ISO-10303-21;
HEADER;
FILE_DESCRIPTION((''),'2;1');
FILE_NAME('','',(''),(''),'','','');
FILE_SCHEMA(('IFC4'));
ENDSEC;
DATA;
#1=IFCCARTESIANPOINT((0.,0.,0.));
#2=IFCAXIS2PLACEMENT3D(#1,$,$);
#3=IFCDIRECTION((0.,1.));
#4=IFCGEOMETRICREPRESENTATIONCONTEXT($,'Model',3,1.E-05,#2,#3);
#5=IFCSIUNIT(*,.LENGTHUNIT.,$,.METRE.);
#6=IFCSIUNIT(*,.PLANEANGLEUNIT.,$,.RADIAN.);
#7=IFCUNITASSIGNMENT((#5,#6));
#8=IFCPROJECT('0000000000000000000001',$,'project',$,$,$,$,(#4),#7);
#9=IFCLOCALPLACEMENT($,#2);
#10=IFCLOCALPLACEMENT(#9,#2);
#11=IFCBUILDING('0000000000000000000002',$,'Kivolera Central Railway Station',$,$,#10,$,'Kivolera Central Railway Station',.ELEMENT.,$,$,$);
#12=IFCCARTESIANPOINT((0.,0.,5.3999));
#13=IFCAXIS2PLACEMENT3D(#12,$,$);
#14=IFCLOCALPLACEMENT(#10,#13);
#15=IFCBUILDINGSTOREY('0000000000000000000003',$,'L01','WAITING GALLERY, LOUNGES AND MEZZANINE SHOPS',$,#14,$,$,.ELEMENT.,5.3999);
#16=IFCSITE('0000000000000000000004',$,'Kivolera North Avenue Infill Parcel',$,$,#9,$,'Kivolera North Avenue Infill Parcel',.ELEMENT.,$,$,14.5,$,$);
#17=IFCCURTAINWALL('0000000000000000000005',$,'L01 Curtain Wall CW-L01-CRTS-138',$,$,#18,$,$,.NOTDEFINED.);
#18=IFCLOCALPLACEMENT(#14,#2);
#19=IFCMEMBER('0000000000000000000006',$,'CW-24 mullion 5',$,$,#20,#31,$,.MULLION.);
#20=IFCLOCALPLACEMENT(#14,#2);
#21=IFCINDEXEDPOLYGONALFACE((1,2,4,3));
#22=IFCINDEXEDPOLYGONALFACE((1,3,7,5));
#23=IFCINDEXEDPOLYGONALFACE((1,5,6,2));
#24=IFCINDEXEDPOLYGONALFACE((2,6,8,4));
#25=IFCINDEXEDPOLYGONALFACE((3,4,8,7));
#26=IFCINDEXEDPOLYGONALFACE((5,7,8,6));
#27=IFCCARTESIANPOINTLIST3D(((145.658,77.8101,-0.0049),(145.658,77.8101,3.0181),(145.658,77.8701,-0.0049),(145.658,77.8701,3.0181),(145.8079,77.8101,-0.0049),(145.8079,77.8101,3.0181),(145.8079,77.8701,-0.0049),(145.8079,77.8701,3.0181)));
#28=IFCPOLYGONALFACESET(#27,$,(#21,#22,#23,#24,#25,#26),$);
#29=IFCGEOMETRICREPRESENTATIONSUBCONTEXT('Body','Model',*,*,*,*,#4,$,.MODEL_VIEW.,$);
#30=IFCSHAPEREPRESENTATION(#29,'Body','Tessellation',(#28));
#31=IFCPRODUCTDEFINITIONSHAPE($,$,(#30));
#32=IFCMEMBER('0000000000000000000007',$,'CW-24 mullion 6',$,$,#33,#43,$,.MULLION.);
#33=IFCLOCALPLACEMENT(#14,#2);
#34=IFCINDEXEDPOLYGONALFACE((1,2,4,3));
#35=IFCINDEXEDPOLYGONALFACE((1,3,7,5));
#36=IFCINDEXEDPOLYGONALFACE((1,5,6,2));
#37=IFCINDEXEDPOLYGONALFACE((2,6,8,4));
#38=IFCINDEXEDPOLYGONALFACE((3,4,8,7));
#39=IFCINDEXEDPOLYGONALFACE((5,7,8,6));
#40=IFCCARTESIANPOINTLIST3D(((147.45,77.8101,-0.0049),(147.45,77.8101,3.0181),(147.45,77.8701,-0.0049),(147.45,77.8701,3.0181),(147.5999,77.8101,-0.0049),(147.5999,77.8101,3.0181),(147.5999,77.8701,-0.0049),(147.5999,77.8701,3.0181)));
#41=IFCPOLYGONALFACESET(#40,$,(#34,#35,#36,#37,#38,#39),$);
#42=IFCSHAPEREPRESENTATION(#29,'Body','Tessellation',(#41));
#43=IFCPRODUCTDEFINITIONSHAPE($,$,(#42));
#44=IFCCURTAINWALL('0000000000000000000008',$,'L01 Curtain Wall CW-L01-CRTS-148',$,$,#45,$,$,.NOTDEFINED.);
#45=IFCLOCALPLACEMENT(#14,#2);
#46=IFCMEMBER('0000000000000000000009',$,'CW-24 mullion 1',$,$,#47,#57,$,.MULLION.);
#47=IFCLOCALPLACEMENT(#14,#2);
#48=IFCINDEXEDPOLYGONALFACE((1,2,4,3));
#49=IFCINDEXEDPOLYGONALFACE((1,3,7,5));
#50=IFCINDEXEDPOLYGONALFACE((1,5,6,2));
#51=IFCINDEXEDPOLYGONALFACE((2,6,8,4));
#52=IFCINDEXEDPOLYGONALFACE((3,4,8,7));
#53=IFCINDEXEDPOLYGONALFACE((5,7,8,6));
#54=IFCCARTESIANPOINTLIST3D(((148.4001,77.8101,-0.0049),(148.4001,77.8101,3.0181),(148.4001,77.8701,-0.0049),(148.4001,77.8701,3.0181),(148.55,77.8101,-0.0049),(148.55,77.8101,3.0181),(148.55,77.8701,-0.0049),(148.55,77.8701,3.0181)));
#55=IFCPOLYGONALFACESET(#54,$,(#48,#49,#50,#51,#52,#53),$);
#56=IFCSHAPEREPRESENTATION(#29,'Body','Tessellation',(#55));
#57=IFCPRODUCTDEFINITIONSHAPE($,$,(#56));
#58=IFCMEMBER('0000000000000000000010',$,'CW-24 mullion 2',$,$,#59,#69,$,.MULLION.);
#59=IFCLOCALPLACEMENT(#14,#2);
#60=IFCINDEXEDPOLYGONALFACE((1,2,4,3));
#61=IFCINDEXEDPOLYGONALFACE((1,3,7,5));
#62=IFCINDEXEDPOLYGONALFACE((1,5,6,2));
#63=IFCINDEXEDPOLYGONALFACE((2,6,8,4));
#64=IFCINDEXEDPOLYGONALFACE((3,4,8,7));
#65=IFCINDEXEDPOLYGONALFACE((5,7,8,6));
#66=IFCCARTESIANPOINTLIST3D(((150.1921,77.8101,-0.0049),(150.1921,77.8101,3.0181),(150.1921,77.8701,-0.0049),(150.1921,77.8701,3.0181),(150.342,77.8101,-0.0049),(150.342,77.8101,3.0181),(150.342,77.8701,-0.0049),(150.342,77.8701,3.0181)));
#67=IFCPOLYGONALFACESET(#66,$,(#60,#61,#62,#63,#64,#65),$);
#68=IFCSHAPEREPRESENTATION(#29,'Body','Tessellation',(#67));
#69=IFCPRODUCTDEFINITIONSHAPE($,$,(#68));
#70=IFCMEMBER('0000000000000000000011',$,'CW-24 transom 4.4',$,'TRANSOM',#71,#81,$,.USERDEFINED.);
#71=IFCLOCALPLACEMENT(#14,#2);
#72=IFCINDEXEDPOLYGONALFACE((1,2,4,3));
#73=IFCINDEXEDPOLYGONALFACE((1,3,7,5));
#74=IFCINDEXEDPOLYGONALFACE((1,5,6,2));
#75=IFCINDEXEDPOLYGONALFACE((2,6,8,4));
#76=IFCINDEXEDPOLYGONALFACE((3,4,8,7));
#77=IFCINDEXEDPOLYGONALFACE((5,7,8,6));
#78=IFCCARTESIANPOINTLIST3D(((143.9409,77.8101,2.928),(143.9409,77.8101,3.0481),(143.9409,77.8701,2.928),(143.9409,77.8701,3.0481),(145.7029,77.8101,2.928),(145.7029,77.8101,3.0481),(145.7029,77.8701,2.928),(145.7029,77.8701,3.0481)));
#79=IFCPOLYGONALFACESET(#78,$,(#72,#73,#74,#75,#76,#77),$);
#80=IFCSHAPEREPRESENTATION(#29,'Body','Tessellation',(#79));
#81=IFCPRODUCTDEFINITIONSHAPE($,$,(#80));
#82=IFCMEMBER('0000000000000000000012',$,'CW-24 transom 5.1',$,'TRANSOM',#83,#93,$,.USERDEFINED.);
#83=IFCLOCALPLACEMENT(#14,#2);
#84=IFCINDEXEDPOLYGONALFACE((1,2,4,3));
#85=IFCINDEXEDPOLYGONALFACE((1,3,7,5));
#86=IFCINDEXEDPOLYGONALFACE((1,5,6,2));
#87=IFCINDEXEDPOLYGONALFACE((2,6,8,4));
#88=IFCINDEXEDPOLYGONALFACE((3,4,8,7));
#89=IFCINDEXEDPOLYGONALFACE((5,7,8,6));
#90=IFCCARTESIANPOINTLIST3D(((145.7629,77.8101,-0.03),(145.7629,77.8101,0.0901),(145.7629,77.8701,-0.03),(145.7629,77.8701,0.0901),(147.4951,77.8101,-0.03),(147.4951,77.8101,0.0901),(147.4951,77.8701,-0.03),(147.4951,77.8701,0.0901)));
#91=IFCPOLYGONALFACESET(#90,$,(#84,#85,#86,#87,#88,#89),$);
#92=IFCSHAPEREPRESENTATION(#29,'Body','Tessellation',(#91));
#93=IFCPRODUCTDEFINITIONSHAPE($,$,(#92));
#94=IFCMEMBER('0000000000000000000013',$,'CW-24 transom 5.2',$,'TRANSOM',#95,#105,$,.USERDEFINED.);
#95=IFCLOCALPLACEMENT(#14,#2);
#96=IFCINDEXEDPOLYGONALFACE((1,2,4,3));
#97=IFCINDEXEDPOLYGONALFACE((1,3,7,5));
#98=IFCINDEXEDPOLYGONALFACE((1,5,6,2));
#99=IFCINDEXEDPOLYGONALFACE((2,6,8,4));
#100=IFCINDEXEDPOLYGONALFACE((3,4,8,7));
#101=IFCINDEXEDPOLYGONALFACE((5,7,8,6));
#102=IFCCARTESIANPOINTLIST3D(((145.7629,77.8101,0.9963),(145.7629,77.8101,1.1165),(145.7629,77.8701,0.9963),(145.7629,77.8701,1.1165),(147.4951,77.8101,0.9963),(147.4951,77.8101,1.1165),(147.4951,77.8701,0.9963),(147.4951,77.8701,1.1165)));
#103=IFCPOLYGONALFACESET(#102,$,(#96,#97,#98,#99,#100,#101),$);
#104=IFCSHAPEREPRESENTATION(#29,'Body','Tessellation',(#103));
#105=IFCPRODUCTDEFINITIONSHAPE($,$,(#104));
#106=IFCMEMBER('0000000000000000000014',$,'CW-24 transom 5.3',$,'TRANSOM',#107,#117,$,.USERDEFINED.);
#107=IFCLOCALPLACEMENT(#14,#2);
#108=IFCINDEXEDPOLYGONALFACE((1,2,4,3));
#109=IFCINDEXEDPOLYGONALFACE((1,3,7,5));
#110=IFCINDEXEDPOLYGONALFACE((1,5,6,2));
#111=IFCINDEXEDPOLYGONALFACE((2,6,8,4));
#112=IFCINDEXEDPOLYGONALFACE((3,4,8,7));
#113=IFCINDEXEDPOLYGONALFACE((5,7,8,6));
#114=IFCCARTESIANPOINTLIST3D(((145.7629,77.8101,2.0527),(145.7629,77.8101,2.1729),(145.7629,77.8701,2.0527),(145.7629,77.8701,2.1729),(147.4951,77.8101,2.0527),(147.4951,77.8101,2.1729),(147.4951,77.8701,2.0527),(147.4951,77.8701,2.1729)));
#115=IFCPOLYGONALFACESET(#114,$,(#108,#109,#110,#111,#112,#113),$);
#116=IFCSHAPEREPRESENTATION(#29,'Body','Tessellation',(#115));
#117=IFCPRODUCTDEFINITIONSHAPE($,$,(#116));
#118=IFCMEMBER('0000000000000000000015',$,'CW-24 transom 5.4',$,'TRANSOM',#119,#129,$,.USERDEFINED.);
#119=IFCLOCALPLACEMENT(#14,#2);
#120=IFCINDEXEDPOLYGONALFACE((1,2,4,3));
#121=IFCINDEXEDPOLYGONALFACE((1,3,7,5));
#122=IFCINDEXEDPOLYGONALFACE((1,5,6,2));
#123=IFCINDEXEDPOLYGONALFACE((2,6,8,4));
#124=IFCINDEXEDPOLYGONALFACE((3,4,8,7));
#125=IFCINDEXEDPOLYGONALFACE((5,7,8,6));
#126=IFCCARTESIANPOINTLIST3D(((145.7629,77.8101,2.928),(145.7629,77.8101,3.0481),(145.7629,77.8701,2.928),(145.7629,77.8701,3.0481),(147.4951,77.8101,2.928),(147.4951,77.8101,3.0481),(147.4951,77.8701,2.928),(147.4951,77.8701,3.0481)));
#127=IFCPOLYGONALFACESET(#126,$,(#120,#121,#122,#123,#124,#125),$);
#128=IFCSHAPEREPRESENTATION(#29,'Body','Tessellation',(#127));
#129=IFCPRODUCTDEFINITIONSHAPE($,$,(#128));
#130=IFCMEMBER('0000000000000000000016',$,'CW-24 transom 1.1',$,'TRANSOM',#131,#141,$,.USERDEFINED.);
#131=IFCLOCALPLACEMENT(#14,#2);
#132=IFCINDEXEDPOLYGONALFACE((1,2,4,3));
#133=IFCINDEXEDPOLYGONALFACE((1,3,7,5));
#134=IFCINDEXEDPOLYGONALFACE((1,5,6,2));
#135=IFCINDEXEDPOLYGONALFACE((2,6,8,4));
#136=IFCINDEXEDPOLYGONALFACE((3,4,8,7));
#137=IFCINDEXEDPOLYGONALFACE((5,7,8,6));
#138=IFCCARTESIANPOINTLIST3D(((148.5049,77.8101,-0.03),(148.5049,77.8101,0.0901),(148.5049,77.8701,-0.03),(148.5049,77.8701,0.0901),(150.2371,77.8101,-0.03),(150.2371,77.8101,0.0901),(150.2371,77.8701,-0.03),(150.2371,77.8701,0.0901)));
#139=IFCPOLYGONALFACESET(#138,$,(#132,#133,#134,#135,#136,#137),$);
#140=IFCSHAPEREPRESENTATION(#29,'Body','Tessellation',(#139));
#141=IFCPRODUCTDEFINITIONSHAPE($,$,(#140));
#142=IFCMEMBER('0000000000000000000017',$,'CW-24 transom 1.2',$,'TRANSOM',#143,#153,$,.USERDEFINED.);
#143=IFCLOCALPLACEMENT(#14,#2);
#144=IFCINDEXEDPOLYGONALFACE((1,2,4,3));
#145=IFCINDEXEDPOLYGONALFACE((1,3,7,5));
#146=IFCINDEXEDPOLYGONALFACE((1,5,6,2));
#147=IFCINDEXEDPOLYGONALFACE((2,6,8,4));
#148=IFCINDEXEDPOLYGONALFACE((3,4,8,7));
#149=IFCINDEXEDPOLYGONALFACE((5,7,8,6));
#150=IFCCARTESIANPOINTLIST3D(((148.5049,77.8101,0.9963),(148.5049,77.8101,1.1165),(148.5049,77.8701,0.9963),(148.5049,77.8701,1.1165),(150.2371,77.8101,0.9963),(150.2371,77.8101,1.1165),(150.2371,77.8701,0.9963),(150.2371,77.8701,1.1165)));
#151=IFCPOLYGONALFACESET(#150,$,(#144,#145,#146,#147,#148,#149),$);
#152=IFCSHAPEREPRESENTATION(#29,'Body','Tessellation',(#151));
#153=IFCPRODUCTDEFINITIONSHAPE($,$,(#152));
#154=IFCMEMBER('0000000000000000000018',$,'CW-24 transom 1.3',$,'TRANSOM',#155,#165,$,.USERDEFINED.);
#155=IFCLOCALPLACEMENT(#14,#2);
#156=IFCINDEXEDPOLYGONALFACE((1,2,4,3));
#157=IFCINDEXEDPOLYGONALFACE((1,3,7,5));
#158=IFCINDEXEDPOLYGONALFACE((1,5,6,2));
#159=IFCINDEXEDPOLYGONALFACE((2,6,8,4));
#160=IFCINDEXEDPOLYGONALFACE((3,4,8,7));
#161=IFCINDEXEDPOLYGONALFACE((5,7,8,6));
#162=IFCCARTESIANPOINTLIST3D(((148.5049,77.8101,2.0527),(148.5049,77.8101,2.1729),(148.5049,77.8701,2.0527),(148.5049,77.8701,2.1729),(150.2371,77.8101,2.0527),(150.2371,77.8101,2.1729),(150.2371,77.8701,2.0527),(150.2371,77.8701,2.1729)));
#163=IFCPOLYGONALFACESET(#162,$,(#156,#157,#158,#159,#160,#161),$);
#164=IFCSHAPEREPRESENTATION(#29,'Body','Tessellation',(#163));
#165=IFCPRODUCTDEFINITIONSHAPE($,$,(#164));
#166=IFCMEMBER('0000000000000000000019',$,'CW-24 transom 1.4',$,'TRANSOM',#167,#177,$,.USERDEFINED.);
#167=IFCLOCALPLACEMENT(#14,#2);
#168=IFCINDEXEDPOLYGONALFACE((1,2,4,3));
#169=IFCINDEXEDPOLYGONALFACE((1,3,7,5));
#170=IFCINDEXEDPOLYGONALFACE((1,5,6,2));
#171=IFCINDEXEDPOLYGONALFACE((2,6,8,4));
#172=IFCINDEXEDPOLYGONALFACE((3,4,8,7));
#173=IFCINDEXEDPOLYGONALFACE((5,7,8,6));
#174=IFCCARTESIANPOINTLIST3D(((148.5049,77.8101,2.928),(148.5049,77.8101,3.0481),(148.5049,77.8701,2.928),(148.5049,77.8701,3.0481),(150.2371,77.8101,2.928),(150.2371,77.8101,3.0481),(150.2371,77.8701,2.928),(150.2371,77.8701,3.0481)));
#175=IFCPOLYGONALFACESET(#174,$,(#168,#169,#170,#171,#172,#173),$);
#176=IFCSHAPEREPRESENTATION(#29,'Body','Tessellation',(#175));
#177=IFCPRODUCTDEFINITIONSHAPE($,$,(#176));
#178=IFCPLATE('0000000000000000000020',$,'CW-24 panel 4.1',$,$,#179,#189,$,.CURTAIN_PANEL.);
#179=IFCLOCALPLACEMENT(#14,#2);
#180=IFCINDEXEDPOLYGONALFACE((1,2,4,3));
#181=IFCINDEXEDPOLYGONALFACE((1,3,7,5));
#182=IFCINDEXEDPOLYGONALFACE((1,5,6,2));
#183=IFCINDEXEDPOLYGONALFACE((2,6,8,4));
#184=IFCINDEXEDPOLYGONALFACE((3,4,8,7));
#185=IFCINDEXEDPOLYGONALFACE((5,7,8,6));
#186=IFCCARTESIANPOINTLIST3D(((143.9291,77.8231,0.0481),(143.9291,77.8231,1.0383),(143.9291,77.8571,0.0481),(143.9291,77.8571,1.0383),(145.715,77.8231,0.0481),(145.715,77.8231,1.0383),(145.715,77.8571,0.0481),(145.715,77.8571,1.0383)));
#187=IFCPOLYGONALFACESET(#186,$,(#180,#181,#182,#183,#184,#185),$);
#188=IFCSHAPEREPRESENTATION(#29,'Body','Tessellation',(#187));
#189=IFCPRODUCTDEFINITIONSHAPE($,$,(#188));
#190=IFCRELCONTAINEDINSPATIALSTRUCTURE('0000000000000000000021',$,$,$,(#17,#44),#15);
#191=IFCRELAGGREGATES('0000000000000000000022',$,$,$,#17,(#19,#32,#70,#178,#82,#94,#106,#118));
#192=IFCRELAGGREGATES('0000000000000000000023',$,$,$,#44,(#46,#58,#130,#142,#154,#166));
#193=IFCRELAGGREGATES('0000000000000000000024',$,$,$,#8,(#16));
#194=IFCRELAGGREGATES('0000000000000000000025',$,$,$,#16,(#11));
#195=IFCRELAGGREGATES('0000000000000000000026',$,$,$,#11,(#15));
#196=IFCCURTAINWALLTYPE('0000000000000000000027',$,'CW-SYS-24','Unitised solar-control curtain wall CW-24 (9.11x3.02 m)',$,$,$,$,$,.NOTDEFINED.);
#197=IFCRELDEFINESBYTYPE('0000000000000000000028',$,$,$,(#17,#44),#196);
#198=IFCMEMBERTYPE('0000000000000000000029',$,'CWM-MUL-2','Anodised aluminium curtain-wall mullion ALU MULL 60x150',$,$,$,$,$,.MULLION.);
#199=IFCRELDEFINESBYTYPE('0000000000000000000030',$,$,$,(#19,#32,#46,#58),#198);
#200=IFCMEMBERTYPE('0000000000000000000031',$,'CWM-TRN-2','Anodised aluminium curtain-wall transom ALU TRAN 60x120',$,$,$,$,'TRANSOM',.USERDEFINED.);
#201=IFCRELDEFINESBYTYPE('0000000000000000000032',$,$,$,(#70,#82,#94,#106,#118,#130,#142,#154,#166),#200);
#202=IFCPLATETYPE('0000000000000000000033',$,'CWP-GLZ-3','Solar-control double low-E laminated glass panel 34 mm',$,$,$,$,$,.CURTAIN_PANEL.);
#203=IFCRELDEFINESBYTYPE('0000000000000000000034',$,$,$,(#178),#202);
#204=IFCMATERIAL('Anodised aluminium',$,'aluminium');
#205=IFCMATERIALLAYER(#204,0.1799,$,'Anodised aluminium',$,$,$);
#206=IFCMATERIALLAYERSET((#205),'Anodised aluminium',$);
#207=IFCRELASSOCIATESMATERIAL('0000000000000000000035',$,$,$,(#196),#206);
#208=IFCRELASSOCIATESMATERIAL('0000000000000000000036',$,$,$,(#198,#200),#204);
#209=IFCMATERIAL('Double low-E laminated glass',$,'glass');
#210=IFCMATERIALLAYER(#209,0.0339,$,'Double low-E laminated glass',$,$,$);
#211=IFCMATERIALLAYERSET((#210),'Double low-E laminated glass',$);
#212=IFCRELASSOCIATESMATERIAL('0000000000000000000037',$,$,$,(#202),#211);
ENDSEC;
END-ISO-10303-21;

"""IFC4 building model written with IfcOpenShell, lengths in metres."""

from ifc_helpers import new_model, si_unit, direction, frame, origin, origin_2d, place, context, subcontext, project, spatial, rectangle, extrude, material, layer, layer_set, material_profile, profile_set, type_object, element, aggregate, save


model = new_model("IFC4")

# Units and contexts
model_context = context("Model", 3, precision=1e-05, world=origin(), true_north=direction((0.0, 1.0)))
body_context = subcontext(model_context, "Body", "Model", "MODEL_VIEW")
ifc_project = project(units=[si_unit("LENGTHUNIT", "METRE"), si_unit("PLANEANGLEUNIT", "RADIAN")], contexts=[model_context])

# Site, building, storey
site_placement = place(None, origin())
site = spatial("IfcSite", under=ifc_project, at=site_placement, Name="Kivolera North Avenue Infill Parcel", LongName="Kivolera North Avenue Infill Parcel", CompositionType="ELEMENT", RefElevation=14.5)
building_placement = place(site_placement, origin())
building = spatial("IfcBuilding", under=site, at=building_placement, Name="Kivolera Central Railway Station", LongName="Kivolera Central Railway Station", CompositionType="ELEMENT")
storey_placement = place(building_placement, frame((0.0, 0.0, 5.3999)))
storey = spatial("IfcBuildingStorey", under=building, at=storey_placement, Name="L01", Description="WAITING GALLERY, LOUNGES AND MEZZANINE SHOPS", CompositionType="ELEMENT", Elevation=5.3999)

# Curtain walls, members
ifc_material_1 = material(Name="Anodised aluminium", Category="aluminium")
ifc_layer_1 = layer(ifc_material_1, 0.1799, Name="Anodised aluminium")
ifc_layer_set_1 = layer_set([ifc_layer_1], Name="Anodised aluminium")
curtain_wall_type = type_object("IfcCurtainWallType", Name="CW-SYS-24", Description="Unitised solar-control curtain wall CW-24 (9.11x3.02 m)", PredefinedType="NOTDEFINED", material=ifc_layer_set_1)
curtain_wall_1_placement = place(storey_placement, origin())
curtain_wall_1 = element("IfcCurtainWall", 1, at=curtain_wall_1_placement, inside=storey, type_object=curtain_wall_type, Name="L01 Curtain Wall CW-L01-CRTS-138", PredefinedType="NOTDEFINED")
ifc_material_profile_1 = material_profile(ifc_material_1, rectangle(XDim=0.0601, YDim=0.1499, at=origin_2d()), Name="ALU MULL 60x150")
ifc_profile_set_1 = profile_set([ifc_material_profile_1], Name="Anodised aluminium")
member_type_1 = type_object("IfcMemberType", Name="CWM-MUL-2", Description="Anodised aluminium curtain-wall mullion ALU MULL 60x150", PredefinedType="MULLION", material=ifc_profile_set_1)
member_1_placement = place(storey_placement, frame((145.7329, 77.8401, -0.0049), z_axis=(0.0, 0.0, 1.0), x_axis=(0.0, 1.0, 0.0)))
member_1 = element("IfcMember", 2, at=member_1_placement, type_object=member_type_1, Name="CW-24 mullion 5", PredefinedType="MULLION", context=body_context, shape_type="SweptSolid", body=[
    extrude(rectangle(XDim=0.0601, YDim=0.1499, at=origin_2d()), origin(), (0.0, 0.0, 1.0), 3.0229),
])
member_2_placement = place(storey_placement, frame((147.5249, 77.8401, -0.0049), z_axis=(0.0, 0.0, 1.0), x_axis=(0.0, 1.0, 0.0)))
member_2 = element("IfcMember", 3, at=member_2_placement, type_object=member_type_1, Name="CW-24 mullion 6", PredefinedType="MULLION", context=body_context, shape_type="SweptSolid", body=[
    extrude(rectangle(XDim=0.0601, YDim=0.1499, at=origin_2d()), origin(), (0.0, 0.0, 1.0), 3.0229),
])
curtain_wall_2_placement = place(storey_placement, origin())
curtain_wall_2 = element("IfcCurtainWall", 4, at=curtain_wall_2_placement, inside=storey, type_object=curtain_wall_type, Name="L01 Curtain Wall CW-L01-CRTS-148", PredefinedType="NOTDEFINED")
member_3_placement = place(storey_placement, frame((148.4751, 77.8401, -0.0049), z_axis=(0.0, 0.0, 1.0), x_axis=(0.0, 1.0, 0.0)))
member_3 = element("IfcMember", 5, at=member_3_placement, type_object=member_type_1, Name="CW-24 mullion 1", PredefinedType="MULLION", context=body_context, shape_type="SweptSolid", body=[
    extrude(rectangle(XDim=0.0601, YDim=0.1499, at=origin_2d()), origin(), (0.0, 0.0, 1.0), 3.0229),
])
member_4_placement = place(storey_placement, frame((150.2671, 77.8401, -0.0049), z_axis=(0.0, 0.0, 1.0), x_axis=(0.0, 1.0, 0.0)))
member_4 = element("IfcMember", 6, at=member_4_placement, type_object=member_type_1, Name="CW-24 mullion 2", PredefinedType="MULLION", context=body_context, shape_type="SweptSolid", body=[
    extrude(rectangle(XDim=0.0601, YDim=0.1499, at=origin_2d()), origin(), (0.0, 0.0, 1.0), 3.0229),
])

# Members
ifc_material_profile_2 = material_profile(ifc_material_1, rectangle(XDim=0.0601, YDim=0.1201, at=origin_2d()), Name="ALU TRAN 60x120")
ifc_profile_set_2 = profile_set([ifc_material_profile_2], Name="Anodised aluminium")
member_type_2 = type_object("IfcMemberType", Name="CWM-TRN-2", Description="Anodised aluminium curtain-wall transom ALU TRAN 60x120", ElementType="TRANSOM", PredefinedType="USERDEFINED", material=ifc_profile_set_2)
member_5_placement = place(storey_placement, frame((143.9409, 77.8401, 2.988), z_axis=(1.0, 0.0, 0.0), x_axis=(0.0, 1.0, 0.0)))
member_5 = element("IfcMember", 7, at=member_5_placement, type_object=member_type_2, Name="CW-24 transom 4.4", ObjectType="TRANSOM", PredefinedType="USERDEFINED", context=body_context, shape_type="SweptSolid", body=[
    extrude(rectangle(XDim=0.0601, YDim=0.1201, at=origin_2d()), origin(), (0.0, 0.0, 1.0), 1.762),
])
member_6_placement = place(storey_placement, frame((145.7629, 77.8401, 0.03), z_axis=(1.0, 0.0, 0.0), x_axis=(0.0, 1.0, 0.0)))
member_6 = element("IfcMember", 8, at=member_6_placement, type_object=member_type_2, Name="CW-24 transom 5.1", ObjectType="TRANSOM", PredefinedType="USERDEFINED", context=body_context, shape_type="SweptSolid", body=[
    extrude(rectangle(XDim=0.0601, YDim=0.1201, at=origin_2d()), origin(), (0.0, 0.0, 1.0), 1.7322),
])
member_7_placement = place(storey_placement, frame((145.7629, 77.8401, 1.0564), z_axis=(1.0, 0.0, 0.0), x_axis=(0.0, 1.0, 0.0)))
member_7 = element("IfcMember", 9, at=member_7_placement, type_object=member_type_2, Name="CW-24 transom 5.2", ObjectType="TRANSOM", PredefinedType="USERDEFINED", context=body_context, shape_type="SweptSolid", body=[
    extrude(rectangle(XDim=0.0601, YDim=0.1201, at=origin_2d()), origin(), (0.0, 0.0, 1.0), 1.7322),
])
member_8_placement = place(storey_placement, frame((145.7629, 77.8401, 2.1128), z_axis=(1.0, 0.0, 0.0), x_axis=(0.0, 1.0, 0.0)))
member_8 = element("IfcMember", 10, at=member_8_placement, type_object=member_type_2, Name="CW-24 transom 5.3", ObjectType="TRANSOM", PredefinedType="USERDEFINED", context=body_context, shape_type="SweptSolid", body=[
    extrude(rectangle(XDim=0.0601, YDim=0.1201, at=origin_2d()), origin(), (0.0, 0.0, 1.0), 1.7322),
])
member_9_placement = place(storey_placement, frame((145.7629, 77.8401, 2.988), z_axis=(1.0, 0.0, 0.0), x_axis=(0.0, 1.0, 0.0)))
member_9 = element("IfcMember", 11, at=member_9_placement, type_object=member_type_2, Name="CW-24 transom 5.4", ObjectType="TRANSOM", PredefinedType="USERDEFINED", context=body_context, shape_type="SweptSolid", body=[
    extrude(rectangle(XDim=0.0601, YDim=0.1201, at=origin_2d()), origin(), (0.0, 0.0, 1.0), 1.7322),
])
member_10_placement = place(storey_placement, frame((148.5049, 77.8401, 0.03), z_axis=(1.0, 0.0, 0.0), x_axis=(0.0, 1.0, 0.0)))
member_10 = element("IfcMember", 12, at=member_10_placement, type_object=member_type_2, Name="CW-24 transom 1.1", ObjectType="TRANSOM", PredefinedType="USERDEFINED", context=body_context, shape_type="SweptSolid", body=[
    extrude(rectangle(XDim=0.0601, YDim=0.1201, at=origin_2d()), origin(), (0.0, 0.0, 1.0), 1.7322),
])
member_11_placement = place(storey_placement, frame((148.5049, 77.8401, 1.0564), z_axis=(1.0, 0.0, 0.0), x_axis=(0.0, 1.0, 0.0)))
member_11 = element("IfcMember", 13, at=member_11_placement, type_object=member_type_2, Name="CW-24 transom 1.2", ObjectType="TRANSOM", PredefinedType="USERDEFINED", context=body_context, shape_type="SweptSolid", body=[
    extrude(rectangle(XDim=0.0601, YDim=0.1201, at=origin_2d()), origin(), (0.0, 0.0, 1.0), 1.7322),
])
member_12_placement = place(storey_placement, frame((148.5049, 77.8401, 2.1128), z_axis=(1.0, 0.0, 0.0), x_axis=(0.0, 1.0, 0.0)))
member_12 = element("IfcMember", 14, at=member_12_placement, type_object=member_type_2, Name="CW-24 transom 1.3", ObjectType="TRANSOM", PredefinedType="USERDEFINED", context=body_context, shape_type="SweptSolid", body=[
    extrude(rectangle(XDim=0.0601, YDim=0.1201, at=origin_2d()), origin(), (0.0, 0.0, 1.0), 1.7322),
])
member_13_placement = place(storey_placement, frame((148.5049, 77.8401, 2.988), z_axis=(1.0, 0.0, 0.0), x_axis=(0.0, 1.0, 0.0)))
member_13 = element("IfcMember", 15, at=member_13_placement, type_object=member_type_2, Name="CW-24 transom 1.4", ObjectType="TRANSOM", PredefinedType="USERDEFINED", context=body_context, shape_type="SweptSolid", body=[
    extrude(rectangle(XDim=0.0601, YDim=0.1201, at=origin_2d()), origin(), (0.0, 0.0, 1.0), 1.7322),
])

# Plate
ifc_material_2 = material(Name="Double low-E laminated glass", Category="glass")
ifc_layer_2 = layer(ifc_material_2, 0.0339, Name="Double low-E laminated glass")
ifc_layer_set_2 = layer_set([ifc_layer_2], Name="Double low-E laminated glass")
plate_type = type_object("IfcPlateType", Name="CWP-GLZ-3", Description="Solar-control double low-E laminated glass panel 34 mm", PredefinedType="CURTAIN_PANEL", material=ifc_layer_set_2)
plate_1_placement = place(storey_placement, frame((144.822, 77.8401, 0.0481), z_axis=(0.0, 0.0, 1.0), x_axis=(1.0, 0.0, 0.0)))
plate_1 = element("IfcPlate", 16, at=plate_1_placement, type_object=plate_type, Name="CW-24 panel 4.1", PredefinedType="CURTAIN_PANEL", context=body_context, shape_type="SweptSolid", body=[
    extrude(rectangle(XDim=1.7859, YDim=0.0339, at=origin_2d()), origin(), (0.0, 0.0, 1.0), 0.9902),
])
aggregate(curtain_wall_1, [member_1, member_2, member_5, plate_1, member_6, member_7, member_8, member_9])
aggregate(curtain_wall_2, [member_3, member_4, member_10, member_11, member_12, member_13])

save(model, "model.ifc")
